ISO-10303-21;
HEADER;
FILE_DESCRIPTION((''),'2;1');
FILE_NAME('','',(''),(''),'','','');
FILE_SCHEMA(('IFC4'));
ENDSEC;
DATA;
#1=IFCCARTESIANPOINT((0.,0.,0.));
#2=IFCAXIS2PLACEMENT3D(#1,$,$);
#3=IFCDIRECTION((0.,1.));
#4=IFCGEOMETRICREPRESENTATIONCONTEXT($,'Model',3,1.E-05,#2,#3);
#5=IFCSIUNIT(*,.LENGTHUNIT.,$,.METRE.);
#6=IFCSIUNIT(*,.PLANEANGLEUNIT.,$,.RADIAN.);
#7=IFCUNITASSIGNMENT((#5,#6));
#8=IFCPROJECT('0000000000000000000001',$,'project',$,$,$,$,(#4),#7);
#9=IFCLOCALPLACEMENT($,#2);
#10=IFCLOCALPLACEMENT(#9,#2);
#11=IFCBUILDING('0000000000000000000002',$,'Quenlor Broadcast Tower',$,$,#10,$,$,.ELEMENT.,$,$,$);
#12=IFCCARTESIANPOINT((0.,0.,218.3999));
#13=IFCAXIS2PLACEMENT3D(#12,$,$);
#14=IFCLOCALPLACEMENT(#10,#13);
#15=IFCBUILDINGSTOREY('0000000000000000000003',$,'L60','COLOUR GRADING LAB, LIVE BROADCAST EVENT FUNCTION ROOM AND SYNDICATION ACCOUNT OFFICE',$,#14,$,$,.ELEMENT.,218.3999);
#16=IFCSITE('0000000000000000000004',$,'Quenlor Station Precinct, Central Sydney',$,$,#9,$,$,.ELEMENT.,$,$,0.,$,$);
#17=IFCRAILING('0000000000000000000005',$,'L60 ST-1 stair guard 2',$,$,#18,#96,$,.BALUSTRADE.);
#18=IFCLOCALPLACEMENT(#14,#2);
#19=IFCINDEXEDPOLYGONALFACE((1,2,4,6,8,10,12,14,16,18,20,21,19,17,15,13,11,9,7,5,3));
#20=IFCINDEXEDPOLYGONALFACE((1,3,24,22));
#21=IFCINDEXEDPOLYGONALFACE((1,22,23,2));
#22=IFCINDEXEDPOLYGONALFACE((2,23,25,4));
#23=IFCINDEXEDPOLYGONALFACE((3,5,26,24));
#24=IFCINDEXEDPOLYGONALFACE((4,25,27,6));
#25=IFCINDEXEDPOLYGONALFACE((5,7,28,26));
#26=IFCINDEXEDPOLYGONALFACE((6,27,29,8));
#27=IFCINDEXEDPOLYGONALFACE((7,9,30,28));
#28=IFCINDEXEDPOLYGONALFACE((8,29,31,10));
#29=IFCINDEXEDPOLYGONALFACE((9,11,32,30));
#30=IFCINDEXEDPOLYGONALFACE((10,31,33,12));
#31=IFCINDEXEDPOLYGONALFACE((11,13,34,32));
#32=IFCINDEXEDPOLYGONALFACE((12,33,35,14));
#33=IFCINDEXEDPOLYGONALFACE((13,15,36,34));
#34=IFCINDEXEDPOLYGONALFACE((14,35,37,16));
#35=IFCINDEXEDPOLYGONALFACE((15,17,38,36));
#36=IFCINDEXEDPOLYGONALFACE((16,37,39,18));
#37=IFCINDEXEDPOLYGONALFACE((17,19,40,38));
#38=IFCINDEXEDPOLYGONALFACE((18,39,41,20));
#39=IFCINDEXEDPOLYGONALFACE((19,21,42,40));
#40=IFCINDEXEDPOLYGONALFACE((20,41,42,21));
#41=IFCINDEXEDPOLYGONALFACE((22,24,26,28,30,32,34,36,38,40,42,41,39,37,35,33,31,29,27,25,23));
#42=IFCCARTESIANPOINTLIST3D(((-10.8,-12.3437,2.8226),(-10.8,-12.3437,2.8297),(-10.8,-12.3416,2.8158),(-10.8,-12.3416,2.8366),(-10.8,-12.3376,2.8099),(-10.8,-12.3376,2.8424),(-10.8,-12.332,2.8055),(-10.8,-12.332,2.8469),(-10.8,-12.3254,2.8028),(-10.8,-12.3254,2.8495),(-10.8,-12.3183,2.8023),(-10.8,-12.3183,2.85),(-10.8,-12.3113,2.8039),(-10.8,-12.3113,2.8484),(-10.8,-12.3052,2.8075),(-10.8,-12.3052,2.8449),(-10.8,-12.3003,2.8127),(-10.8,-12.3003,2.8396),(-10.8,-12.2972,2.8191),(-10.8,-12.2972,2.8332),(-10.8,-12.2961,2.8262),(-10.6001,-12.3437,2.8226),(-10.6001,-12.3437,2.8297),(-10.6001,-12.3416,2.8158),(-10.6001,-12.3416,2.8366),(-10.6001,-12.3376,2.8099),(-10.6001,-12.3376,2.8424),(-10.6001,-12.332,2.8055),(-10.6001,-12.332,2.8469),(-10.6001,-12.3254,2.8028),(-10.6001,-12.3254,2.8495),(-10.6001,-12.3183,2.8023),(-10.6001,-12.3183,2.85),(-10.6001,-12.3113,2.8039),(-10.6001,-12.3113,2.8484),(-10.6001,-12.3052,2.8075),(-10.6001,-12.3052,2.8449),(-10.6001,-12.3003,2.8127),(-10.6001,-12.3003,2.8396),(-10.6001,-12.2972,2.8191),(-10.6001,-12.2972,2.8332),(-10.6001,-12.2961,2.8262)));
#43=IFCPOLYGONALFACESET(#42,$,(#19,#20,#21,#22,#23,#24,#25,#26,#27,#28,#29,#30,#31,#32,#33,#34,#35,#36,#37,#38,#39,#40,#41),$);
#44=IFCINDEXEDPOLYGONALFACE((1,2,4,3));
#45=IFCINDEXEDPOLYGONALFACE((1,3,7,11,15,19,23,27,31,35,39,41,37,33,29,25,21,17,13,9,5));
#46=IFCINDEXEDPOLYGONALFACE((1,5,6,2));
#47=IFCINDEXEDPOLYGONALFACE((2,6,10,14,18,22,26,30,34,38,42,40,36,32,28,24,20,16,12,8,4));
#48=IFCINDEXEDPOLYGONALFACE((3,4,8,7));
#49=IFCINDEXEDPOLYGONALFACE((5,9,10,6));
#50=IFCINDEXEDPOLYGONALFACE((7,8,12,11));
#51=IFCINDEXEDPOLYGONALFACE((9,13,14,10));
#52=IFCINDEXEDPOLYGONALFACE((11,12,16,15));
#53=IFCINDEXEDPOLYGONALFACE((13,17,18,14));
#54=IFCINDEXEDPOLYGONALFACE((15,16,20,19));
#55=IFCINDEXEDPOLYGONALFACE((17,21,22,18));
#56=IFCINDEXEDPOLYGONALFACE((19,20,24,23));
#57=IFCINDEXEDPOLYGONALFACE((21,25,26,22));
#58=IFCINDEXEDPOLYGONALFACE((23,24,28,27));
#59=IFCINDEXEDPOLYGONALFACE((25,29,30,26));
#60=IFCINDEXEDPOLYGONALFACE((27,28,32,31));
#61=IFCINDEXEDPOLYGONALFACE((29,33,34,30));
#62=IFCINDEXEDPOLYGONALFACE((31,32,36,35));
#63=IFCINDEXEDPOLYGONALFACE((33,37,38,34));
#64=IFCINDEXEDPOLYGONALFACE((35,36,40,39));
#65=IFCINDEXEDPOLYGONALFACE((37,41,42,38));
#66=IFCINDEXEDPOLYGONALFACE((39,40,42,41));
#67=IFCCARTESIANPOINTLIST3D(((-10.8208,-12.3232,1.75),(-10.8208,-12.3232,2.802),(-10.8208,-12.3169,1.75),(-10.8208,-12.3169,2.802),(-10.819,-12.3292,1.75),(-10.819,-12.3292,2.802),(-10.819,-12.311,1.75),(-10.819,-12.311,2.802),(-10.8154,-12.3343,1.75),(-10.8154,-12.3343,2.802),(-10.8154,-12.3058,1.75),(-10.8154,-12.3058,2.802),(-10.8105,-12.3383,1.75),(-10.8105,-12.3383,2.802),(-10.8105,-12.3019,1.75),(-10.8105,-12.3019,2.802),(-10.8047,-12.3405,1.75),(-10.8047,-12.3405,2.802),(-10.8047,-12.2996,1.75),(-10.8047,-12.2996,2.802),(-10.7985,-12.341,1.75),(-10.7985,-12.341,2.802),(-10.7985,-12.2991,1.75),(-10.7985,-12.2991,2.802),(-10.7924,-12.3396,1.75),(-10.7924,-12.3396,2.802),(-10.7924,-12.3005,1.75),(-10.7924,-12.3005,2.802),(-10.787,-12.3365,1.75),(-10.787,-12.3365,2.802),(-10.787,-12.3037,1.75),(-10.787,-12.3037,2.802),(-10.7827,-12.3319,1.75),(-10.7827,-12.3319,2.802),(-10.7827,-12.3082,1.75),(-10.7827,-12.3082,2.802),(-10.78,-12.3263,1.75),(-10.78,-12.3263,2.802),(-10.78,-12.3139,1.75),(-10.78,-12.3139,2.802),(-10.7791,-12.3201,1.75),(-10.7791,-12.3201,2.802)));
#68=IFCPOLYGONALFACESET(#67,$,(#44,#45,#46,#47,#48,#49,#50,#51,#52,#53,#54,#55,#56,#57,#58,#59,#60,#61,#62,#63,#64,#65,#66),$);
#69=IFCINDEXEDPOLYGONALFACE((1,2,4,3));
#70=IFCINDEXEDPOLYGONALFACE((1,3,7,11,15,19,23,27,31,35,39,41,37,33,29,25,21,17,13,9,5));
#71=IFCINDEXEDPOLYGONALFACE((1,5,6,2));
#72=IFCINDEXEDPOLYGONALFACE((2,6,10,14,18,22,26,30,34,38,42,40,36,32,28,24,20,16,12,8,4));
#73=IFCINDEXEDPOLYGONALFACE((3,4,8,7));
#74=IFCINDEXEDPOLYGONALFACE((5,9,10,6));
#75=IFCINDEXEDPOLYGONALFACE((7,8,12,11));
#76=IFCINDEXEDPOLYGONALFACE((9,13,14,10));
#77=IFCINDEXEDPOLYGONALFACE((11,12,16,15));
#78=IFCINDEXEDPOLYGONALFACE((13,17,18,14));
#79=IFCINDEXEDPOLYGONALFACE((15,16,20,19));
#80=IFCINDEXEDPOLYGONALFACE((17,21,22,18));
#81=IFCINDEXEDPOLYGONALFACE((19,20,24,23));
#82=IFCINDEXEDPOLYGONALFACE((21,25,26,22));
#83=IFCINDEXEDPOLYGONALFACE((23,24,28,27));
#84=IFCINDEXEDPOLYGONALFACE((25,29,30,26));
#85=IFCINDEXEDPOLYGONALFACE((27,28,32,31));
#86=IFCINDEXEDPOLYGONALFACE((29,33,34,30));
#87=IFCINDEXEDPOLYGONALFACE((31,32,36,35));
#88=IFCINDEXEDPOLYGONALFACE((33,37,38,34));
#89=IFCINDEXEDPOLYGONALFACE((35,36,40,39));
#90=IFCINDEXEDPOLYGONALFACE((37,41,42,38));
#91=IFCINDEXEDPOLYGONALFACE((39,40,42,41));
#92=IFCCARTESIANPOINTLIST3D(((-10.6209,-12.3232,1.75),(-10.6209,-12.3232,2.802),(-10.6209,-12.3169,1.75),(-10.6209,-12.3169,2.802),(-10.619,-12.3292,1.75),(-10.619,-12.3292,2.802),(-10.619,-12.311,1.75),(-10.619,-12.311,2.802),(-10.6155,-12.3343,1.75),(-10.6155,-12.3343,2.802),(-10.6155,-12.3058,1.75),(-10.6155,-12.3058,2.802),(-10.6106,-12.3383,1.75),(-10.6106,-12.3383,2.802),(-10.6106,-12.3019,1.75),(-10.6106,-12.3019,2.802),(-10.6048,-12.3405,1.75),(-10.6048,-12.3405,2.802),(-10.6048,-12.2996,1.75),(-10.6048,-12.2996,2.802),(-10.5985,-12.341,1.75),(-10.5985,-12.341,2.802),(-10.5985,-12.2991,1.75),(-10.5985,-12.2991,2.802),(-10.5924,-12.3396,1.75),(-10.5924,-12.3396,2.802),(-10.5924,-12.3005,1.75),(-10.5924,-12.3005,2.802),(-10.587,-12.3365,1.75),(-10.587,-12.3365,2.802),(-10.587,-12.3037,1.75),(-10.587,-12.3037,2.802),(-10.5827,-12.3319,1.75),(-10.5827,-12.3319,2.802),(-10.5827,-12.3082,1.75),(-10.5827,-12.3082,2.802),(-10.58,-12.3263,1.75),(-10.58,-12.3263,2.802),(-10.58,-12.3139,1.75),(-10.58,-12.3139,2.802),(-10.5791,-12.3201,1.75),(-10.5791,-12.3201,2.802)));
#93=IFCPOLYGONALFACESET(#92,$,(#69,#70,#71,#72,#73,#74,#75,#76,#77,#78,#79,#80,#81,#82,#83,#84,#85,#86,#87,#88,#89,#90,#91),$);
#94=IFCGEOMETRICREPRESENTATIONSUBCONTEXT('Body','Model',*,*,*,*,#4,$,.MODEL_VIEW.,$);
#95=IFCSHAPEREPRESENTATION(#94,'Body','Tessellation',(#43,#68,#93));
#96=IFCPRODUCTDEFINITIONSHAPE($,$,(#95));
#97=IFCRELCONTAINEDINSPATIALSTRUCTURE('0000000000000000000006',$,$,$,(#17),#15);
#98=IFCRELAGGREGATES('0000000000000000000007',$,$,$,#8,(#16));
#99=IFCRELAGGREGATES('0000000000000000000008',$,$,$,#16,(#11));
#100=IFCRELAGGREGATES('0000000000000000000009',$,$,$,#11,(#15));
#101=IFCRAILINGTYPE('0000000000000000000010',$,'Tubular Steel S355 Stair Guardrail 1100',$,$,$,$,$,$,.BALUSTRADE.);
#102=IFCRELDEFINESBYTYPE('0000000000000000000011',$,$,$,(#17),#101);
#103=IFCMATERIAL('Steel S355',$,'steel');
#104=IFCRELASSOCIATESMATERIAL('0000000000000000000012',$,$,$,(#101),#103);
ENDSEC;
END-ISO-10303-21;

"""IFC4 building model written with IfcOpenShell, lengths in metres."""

from ifc_helpers import new_model, si_unit, direction, frame, origin, origin_2d, place, context, subcontext, project, spatial, circle, extrude, material, type_object, element, save


model = new_model("IFC4")

# Units and contexts
model_context = context("Model", 3, precision=1e-05, world=origin(), true_north=direction((0.0, 1.0)))
body_context = subcontext(model_context, "Body", "Model", "MODEL_VIEW")
ifc_project = project(units=[si_unit("LENGTHUNIT", "METRE"), si_unit("PLANEANGLEUNIT", "RADIAN")], contexts=[model_context])

# Site, building, storey
site_placement = place(None, origin())
site = spatial("IfcSite", under=ifc_project, at=site_placement, Name="Quenlor Station Precinct, Central Sydney", CompositionType="ELEMENT", RefElevation=0.0)
building_placement = place(site_placement, origin())
building = spatial("IfcBuilding", under=site, at=building_placement, Name="Quenlor Broadcast Tower", CompositionType="ELEMENT")
storey_placement = place(building_placement, frame((0.0, 0.0, 218.3999)))
storey = spatial("IfcBuildingStorey", under=building, at=storey_placement, Name="L60", Description="COLOUR GRADING LAB, LIVE BROADCAST EVENT FUNCTION ROOM AND SYNDICATION ACCOUNT OFFICE", CompositionType="ELEMENT", Elevation=218.3999)

# Railing
ifc_material_1 = material(Name="Steel S355", Category="steel")
railing_type_1 = type_object("IfcRailingType", Name="Tubular Steel S355 Stair Guardrail 1100", PredefinedType="BALUSTRADE", material=ifc_material_1)
railing_1_placement = place(storey_placement, frame((-10.8, -12.3201, 1.75)))
element("IfcRailing", 1, at=railing_1_placement, inside=storey, type_object=railing_type_1, Name="L60 ST-1 stair guard 2", PredefinedType="BALUSTRADE", context=body_context, shape_type="SweptSolid", body=[
    extrude(circle(Radius=0.0239, at=origin_2d()), frame((0.0, 0.0, 1.0762), z_axis=(1.0, 0.0, 0.0), x_axis=(0.0, 1.0, 0.0)), (0.0, 0.0, 1.0), 0.2),
    extrude(circle(Radius=0.021, at=origin_2d()), origin(), (0.0, 0.0, 1.0), 1.052),
    extrude(circle(Radius=0.021, at=origin_2d()), frame((0.2, 0.0, 0.0)), (0.0, 0.0, 1.0), 1.052),
])

save(model, "model.ifc")
